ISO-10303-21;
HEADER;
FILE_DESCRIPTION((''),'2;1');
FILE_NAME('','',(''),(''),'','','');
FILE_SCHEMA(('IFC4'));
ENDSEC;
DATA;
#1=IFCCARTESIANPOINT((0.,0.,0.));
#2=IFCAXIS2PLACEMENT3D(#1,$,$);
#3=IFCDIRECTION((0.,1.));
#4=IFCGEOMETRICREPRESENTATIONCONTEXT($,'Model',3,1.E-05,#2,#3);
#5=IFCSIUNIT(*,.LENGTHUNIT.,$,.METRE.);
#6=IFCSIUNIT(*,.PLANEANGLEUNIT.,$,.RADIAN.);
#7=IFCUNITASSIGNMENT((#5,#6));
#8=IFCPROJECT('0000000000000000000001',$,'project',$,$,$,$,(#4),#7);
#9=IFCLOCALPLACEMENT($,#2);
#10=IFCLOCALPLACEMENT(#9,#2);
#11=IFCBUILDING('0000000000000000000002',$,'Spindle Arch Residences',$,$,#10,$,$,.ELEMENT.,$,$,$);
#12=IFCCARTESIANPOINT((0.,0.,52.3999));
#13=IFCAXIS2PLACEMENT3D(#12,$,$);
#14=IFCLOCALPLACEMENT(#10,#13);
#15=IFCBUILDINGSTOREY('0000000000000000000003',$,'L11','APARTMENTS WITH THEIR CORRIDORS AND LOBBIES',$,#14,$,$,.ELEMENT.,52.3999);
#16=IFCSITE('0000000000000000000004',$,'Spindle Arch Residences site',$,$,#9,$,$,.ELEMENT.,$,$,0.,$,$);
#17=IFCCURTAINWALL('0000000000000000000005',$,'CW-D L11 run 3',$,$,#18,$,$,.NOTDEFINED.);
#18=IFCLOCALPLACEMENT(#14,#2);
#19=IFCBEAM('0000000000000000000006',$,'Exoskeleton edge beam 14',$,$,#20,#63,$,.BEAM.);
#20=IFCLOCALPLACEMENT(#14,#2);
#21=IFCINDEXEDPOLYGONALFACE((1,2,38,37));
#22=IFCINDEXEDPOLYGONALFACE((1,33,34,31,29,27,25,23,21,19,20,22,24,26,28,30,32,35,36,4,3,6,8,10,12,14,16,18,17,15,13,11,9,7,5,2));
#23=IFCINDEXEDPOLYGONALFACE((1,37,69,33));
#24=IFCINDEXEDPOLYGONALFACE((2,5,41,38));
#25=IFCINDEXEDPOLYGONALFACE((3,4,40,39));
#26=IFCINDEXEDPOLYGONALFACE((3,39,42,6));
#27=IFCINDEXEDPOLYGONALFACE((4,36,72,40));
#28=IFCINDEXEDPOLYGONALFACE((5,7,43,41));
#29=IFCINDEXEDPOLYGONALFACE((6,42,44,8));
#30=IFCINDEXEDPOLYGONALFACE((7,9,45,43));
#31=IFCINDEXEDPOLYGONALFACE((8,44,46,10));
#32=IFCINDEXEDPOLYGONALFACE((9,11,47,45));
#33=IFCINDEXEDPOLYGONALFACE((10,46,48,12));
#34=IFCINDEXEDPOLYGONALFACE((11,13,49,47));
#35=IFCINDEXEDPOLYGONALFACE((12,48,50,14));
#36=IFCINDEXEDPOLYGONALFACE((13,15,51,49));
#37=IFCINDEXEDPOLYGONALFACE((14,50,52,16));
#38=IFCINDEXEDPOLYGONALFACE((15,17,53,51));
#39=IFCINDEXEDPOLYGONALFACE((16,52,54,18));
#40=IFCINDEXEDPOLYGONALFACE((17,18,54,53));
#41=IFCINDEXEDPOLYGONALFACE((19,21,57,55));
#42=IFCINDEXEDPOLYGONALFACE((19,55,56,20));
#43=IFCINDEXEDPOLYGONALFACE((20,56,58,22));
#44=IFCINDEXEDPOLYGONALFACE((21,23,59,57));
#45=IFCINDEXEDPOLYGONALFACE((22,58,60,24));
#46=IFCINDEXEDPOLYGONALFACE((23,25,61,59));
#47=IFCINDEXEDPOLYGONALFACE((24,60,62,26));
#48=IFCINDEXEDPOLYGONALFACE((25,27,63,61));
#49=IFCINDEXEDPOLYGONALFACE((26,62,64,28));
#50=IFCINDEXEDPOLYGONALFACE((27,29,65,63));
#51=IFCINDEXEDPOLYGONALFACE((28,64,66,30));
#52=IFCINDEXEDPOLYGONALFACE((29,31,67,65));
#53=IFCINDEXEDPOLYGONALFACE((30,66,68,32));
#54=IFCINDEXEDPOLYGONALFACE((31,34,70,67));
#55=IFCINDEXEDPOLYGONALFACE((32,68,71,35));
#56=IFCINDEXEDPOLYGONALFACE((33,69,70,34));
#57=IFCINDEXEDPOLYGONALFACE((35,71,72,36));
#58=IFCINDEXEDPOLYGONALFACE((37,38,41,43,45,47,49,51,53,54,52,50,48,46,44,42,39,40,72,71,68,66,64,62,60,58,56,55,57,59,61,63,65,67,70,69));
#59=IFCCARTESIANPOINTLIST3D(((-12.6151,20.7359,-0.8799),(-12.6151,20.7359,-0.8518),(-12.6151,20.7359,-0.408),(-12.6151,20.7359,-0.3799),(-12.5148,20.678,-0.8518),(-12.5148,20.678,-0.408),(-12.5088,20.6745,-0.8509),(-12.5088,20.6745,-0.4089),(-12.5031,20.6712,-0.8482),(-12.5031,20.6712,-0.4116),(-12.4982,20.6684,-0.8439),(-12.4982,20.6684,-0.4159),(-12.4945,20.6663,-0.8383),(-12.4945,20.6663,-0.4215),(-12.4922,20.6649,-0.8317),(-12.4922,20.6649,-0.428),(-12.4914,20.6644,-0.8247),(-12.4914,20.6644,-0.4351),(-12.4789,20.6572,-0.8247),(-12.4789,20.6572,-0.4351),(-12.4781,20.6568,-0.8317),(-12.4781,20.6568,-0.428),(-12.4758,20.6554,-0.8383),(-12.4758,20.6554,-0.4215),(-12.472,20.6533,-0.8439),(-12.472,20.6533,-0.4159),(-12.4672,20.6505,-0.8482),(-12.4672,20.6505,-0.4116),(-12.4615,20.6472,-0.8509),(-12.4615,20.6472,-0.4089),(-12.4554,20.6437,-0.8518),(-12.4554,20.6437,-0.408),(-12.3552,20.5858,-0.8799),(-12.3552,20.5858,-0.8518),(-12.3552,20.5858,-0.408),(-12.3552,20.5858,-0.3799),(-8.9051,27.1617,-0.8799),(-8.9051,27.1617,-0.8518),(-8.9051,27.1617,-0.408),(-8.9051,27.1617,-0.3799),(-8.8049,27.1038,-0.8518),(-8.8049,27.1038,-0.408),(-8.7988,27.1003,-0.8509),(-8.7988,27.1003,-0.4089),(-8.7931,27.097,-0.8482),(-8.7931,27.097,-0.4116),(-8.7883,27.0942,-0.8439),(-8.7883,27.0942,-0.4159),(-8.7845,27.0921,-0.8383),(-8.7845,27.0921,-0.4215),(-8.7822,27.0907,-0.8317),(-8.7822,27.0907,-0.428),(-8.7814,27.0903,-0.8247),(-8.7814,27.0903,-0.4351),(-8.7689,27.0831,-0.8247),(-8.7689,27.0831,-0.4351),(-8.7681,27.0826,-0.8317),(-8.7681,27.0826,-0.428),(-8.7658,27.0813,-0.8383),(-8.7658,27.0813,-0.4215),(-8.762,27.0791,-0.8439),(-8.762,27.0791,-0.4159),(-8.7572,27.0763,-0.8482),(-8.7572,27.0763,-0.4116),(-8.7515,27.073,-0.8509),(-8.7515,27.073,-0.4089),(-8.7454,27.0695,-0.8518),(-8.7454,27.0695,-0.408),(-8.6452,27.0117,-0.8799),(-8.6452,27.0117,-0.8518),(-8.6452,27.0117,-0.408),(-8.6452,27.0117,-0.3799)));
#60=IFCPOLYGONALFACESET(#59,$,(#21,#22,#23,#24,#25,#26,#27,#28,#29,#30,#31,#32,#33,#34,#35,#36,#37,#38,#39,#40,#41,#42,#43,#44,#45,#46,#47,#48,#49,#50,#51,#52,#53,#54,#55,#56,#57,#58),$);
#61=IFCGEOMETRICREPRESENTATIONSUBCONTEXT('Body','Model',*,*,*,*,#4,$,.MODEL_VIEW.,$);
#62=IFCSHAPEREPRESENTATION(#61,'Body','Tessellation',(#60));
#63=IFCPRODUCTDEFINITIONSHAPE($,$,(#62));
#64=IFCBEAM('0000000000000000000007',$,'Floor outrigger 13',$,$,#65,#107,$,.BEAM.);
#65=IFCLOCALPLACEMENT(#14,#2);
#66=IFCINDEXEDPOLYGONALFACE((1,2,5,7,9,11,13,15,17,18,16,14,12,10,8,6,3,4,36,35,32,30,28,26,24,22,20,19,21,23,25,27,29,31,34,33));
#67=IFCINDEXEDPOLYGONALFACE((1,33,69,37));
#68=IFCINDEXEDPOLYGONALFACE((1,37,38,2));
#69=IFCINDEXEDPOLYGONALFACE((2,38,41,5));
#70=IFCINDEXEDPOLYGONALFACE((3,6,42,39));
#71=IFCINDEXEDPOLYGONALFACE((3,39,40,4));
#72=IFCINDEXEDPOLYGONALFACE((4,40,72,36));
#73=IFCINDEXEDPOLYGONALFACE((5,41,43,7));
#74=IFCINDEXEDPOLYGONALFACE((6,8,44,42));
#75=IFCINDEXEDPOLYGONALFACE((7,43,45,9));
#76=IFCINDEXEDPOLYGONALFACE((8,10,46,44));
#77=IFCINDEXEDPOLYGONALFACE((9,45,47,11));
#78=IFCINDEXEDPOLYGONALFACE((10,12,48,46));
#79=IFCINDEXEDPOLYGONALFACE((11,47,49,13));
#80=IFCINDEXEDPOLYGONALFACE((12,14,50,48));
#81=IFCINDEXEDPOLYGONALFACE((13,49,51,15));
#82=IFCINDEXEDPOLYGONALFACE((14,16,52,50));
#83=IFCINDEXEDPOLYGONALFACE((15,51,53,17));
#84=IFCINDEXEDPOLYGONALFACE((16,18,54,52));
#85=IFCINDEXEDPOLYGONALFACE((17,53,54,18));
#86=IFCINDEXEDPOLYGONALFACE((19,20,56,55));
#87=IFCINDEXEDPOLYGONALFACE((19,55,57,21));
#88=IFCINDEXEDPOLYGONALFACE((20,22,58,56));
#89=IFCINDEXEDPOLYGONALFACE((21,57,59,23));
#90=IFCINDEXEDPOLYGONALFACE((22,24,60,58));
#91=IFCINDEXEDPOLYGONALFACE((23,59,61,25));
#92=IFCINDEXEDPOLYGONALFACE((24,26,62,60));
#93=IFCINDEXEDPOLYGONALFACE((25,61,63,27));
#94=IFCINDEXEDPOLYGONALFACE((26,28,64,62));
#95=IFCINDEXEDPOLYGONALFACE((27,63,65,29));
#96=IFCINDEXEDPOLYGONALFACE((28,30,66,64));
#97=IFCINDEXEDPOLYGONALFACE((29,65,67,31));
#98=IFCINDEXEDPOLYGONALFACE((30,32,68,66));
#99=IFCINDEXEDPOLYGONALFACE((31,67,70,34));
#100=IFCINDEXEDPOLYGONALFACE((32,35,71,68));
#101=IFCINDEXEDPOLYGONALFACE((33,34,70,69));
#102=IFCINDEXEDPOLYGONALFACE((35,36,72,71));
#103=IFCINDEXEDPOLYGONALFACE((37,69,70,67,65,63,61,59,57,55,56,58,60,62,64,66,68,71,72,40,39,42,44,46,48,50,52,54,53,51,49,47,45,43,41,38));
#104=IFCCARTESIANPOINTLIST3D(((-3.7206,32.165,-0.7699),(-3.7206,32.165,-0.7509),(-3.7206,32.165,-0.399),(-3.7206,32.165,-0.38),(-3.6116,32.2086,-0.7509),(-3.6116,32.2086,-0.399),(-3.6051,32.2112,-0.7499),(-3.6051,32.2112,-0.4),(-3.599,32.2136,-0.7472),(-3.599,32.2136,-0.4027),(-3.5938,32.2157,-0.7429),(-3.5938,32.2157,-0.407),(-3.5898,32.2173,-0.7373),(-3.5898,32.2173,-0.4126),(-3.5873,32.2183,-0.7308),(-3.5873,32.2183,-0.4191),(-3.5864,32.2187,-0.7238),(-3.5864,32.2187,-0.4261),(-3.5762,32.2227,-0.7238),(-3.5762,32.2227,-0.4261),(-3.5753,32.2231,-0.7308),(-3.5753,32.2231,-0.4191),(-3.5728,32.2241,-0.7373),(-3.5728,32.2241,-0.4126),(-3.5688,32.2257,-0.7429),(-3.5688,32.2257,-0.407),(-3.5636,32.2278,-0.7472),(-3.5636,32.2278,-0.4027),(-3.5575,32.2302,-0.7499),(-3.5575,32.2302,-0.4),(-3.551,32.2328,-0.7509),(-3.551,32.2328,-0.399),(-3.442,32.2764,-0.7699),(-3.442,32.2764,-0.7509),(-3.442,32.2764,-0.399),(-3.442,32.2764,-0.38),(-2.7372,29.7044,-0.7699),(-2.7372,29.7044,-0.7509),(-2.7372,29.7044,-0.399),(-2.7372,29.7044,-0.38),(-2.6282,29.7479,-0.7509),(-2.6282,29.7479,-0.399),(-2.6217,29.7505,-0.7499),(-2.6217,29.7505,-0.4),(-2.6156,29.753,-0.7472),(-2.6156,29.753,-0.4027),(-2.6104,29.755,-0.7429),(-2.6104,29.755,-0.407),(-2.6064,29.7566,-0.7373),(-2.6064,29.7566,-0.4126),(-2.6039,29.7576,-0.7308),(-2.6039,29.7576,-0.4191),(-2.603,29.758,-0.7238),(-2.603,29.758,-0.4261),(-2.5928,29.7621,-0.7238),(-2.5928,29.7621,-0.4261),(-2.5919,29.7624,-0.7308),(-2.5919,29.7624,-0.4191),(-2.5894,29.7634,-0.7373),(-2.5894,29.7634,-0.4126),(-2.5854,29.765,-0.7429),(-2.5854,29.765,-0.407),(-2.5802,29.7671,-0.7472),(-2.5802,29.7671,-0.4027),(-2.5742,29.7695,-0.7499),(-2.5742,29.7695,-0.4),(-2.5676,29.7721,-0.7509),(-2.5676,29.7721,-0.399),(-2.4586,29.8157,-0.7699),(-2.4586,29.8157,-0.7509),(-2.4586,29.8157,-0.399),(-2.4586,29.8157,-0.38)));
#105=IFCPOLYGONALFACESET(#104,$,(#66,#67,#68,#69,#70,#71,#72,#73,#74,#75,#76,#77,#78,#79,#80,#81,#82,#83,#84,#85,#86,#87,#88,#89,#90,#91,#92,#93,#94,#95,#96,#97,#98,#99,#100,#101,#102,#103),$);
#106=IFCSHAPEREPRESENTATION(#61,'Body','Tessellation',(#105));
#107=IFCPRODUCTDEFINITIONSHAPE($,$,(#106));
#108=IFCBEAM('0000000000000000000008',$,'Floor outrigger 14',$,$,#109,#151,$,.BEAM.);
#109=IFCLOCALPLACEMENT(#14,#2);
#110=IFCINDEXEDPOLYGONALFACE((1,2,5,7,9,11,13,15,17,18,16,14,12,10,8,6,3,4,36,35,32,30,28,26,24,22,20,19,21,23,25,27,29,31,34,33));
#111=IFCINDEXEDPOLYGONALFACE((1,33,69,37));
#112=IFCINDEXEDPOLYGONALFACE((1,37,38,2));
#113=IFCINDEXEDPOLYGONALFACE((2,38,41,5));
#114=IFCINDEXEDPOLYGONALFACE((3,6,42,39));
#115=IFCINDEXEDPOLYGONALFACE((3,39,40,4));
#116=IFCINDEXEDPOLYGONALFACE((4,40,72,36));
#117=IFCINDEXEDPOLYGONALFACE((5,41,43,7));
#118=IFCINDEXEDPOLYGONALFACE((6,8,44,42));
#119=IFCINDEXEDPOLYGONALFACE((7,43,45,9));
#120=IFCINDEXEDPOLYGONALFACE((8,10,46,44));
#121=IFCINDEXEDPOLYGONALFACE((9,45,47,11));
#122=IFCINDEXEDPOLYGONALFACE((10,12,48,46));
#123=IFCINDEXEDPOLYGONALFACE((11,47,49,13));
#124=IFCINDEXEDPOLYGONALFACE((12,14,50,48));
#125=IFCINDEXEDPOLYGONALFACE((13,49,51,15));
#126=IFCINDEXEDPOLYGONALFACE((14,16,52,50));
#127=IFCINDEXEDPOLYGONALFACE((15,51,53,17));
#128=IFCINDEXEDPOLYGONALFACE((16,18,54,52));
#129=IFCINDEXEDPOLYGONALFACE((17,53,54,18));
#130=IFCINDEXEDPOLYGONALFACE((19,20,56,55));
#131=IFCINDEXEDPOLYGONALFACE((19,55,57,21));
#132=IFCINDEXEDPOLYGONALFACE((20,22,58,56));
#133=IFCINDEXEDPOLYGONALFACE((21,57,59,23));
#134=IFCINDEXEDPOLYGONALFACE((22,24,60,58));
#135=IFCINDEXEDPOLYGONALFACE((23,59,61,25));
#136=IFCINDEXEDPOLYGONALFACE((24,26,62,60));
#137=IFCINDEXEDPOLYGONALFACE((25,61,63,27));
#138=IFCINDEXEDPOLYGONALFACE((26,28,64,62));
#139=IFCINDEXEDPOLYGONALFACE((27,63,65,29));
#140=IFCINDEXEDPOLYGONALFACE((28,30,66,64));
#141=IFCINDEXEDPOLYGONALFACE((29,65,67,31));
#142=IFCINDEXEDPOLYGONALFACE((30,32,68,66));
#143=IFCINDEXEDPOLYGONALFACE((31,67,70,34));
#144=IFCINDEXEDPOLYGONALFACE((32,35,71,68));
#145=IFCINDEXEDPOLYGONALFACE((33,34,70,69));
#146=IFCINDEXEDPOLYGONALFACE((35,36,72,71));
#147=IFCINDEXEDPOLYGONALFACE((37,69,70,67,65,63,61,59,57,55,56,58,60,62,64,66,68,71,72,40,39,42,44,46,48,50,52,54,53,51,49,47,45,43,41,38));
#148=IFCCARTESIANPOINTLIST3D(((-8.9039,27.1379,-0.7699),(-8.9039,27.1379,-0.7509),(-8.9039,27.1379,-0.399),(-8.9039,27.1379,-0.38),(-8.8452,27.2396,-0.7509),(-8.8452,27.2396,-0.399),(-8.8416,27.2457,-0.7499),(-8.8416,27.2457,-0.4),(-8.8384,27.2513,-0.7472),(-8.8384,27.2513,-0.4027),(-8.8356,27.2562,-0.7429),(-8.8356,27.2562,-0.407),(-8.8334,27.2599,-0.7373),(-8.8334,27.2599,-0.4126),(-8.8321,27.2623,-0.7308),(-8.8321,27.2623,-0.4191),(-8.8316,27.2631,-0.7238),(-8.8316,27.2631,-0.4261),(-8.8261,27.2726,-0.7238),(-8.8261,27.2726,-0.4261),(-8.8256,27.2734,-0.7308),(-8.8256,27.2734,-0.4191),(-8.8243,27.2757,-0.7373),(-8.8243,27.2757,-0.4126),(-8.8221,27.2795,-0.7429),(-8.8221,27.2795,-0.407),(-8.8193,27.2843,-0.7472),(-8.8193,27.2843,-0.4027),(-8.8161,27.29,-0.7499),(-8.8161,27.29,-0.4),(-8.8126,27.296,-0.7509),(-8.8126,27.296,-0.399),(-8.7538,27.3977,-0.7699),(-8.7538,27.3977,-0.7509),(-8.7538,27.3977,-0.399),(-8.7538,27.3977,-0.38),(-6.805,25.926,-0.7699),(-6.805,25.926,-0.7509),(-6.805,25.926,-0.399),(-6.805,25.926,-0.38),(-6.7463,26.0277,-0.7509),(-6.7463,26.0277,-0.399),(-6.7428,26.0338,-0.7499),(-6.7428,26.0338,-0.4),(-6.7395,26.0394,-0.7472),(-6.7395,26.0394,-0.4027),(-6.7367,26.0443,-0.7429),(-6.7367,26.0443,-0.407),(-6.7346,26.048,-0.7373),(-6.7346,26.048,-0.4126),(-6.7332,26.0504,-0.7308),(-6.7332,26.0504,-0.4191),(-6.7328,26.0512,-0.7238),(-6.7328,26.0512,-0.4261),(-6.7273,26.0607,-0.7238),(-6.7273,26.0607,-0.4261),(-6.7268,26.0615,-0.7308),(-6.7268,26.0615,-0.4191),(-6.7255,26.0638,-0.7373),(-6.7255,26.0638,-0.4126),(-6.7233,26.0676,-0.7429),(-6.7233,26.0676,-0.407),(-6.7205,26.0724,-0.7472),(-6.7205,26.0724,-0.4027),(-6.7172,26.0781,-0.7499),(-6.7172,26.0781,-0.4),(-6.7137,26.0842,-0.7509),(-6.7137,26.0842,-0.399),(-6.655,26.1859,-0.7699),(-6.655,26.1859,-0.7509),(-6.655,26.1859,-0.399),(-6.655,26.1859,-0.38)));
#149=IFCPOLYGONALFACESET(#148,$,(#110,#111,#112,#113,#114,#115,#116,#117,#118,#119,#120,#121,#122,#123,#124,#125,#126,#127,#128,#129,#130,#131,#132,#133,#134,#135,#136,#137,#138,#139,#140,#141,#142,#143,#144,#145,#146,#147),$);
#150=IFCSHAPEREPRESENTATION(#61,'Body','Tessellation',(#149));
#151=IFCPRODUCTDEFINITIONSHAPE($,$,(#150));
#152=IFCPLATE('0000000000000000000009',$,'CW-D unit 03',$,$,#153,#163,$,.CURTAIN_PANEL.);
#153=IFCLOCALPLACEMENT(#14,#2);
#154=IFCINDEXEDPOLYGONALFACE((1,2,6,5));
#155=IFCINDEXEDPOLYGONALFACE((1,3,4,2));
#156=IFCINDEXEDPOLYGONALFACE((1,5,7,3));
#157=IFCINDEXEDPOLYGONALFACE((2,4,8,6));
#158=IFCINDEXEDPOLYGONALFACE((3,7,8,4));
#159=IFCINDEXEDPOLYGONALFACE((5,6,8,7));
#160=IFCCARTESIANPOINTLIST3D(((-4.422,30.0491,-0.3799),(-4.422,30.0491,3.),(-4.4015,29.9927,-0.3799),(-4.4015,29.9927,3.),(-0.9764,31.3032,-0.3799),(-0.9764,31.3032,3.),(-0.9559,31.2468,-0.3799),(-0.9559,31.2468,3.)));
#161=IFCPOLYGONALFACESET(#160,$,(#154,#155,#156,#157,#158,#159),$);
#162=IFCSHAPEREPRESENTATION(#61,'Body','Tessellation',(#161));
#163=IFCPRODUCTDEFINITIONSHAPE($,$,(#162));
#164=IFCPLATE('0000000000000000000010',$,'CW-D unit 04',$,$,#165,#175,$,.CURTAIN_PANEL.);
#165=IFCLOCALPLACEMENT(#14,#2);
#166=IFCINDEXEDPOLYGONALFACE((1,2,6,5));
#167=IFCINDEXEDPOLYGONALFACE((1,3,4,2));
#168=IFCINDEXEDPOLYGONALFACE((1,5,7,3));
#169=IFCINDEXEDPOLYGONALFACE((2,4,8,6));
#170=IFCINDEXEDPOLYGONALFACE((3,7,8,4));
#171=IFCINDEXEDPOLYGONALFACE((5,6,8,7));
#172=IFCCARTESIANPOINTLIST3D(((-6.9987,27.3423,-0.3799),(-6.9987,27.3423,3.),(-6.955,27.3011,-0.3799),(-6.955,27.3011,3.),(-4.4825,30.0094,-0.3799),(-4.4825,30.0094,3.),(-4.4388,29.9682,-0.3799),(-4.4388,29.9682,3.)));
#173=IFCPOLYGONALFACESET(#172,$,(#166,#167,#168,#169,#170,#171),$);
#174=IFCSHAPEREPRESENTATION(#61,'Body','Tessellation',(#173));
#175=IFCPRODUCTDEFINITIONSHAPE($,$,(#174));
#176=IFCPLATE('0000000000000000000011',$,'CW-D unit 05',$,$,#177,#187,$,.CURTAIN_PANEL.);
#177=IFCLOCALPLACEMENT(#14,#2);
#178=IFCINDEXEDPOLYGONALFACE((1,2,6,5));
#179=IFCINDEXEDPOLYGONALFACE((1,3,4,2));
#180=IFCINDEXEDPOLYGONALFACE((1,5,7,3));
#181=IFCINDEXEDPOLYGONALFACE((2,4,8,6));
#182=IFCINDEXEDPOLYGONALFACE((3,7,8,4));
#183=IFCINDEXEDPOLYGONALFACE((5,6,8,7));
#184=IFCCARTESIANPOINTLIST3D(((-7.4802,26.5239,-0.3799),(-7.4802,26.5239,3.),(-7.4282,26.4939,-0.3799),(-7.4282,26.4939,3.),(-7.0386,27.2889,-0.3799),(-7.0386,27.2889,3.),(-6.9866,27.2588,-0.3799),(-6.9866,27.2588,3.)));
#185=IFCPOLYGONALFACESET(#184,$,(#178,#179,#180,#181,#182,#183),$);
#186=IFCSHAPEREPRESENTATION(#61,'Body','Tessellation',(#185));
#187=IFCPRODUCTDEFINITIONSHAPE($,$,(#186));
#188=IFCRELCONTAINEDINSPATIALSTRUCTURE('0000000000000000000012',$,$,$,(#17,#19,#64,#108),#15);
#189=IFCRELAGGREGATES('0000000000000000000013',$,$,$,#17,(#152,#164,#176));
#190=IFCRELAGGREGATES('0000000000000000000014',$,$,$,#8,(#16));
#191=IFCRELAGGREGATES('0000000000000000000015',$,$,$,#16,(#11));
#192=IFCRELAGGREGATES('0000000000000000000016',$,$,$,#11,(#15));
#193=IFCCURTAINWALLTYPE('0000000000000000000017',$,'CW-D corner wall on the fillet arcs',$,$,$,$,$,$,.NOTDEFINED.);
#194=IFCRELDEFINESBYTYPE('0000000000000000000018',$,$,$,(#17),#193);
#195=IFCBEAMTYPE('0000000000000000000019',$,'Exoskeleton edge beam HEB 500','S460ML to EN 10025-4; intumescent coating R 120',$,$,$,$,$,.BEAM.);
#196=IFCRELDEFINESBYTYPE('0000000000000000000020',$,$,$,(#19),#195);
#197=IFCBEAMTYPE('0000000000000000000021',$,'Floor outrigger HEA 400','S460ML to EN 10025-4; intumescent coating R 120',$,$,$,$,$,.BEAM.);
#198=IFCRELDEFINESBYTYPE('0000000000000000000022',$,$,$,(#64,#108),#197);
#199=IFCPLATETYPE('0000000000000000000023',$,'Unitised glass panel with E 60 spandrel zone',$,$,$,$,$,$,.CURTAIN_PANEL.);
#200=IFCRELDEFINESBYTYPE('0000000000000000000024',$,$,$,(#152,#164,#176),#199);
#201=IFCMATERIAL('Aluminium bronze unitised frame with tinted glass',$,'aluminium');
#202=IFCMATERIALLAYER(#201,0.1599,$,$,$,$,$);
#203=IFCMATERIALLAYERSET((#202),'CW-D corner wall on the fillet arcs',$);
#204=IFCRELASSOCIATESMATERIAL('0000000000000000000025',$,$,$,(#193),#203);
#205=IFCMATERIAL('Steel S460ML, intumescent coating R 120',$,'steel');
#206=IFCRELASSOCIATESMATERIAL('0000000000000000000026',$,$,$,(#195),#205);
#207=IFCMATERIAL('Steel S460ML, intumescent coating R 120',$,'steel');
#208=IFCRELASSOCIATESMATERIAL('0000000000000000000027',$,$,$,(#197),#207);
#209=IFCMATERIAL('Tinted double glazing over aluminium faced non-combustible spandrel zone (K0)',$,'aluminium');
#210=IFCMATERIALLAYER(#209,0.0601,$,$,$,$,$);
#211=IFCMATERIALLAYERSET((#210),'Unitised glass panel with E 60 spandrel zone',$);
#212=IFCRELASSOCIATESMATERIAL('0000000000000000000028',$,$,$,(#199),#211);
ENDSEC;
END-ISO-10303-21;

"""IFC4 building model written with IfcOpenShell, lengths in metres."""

from ifc_helpers import new_model, si_unit, direction, frame, origin, origin_2d, place, context, subcontext, project, spatial, rectangle, i_section, extrude, material, layer, layer_set, material_profile, profile_set, type_object, element, aggregate, save


model = new_model("IFC4")

# Units and contexts
model_context = context("Model", 3, precision=1e-05, world=origin(), true_north=direction((0.0, 1.0)))
body_context = subcontext(model_context, "Body", "Model", "MODEL_VIEW")
ifc_project = project(units=[si_unit("LENGTHUNIT", "METRE"), si_unit("PLANEANGLEUNIT", "RADIAN")], contexts=[model_context])

# Site, building, storey
site_placement = place(None, origin())
site = spatial("IfcSite", under=ifc_project, at=site_placement, Name="Spindle Arch Residences site", CompositionType="ELEMENT", RefElevation=0.0)
building_placement = place(site_placement, origin())
building = spatial("IfcBuilding", under=site, at=building_placement, Name="Spindle Arch Residences", CompositionType="ELEMENT")
storey_placement = place(building_placement, frame((0.0, 0.0, 52.3999)))
storey = spatial("IfcBuildingStorey", under=building, at=storey_placement, Name="L11", Description="APARTMENTS WITH THEIR CORRIDORS AND LOBBIES", CompositionType="ELEMENT", Elevation=52.3999)

# Curtain wall
ifc_material_1 = material(Name="Aluminium bronze unitised frame with tinted glass", Category="aluminium")
ifc_layer_1 = layer(ifc_material_1, 0.1599)
ifc_layer_set_1 = layer_set([ifc_layer_1], Name="CW-D corner wall on the fillet arcs")
curtain_wall_type_1 = type_object("IfcCurtainWallType", Name="CW-D corner wall on the fillet arcs", PredefinedType="NOTDEFINED", material=ifc_layer_set_1)
curtain_wall_1_placement = place(storey_placement, origin())
curtain_wall_1 = element("IfcCurtainWall", 1, at=curtain_wall_1_placement, inside=storey, type_object=curtain_wall_type_1, Name="CW-D L11 run 3", PredefinedType="NOTDEFINED")

# Beams
ifc_material_2 = material(Name="Steel S460ML, intumescent coating R 120", Category="steel")
ifc_material_profile_1 = material_profile(ifc_material_2, i_section(OverallWidth=0.3, OverallDepth=0.5, WebThickness=0.0144, FlangeThickness=0.0281, FilletRadius=0.0271, at=origin_2d()), Name="HEB 500")
ifc_profile_set_1 = profile_set([ifc_material_profile_1], Name="Steel S460ML, intumescent coating R 120")
beam_type_1 = type_object("IfcBeamType", Name="Exoskeleton edge beam HEB 500", Description="S460ML to EN 10025-4; intumescent coating R 120", PredefinedType="BEAM", material=ifc_profile_set_1)
beam_1_placement = place(storey_placement, frame((-8.7751, 27.0867, -0.6299), z_axis=(-0.500003, -0.866023, 0.0), x_axis=(0.866023, -0.500003, 0.0)))
element("IfcBeam", 2, at=beam_1_placement, inside=storey, type_object=beam_type_1, Name="Exoskeleton edge beam 14", PredefinedType="BEAM", context=body_context, shape_type="SweptSolid", body=[
    extrude(i_section(OverallWidth=0.3, OverallDepth=0.5, WebThickness=0.0144, FlangeThickness=0.0281, FilletRadius=0.0271, at=origin_2d()), origin(), (0.0, 0.0, 1.0), 7.4199),
])
ifc_material_3 = material(Name="Steel S460ML, intumescent coating R 120", Category="steel")
ifc_material_profile_2 = material_profile(ifc_material_3, i_section(OverallWidth=0.3, OverallDepth=0.3899, WebThickness=0.011, FlangeThickness=0.019, FilletRadius=0.0271, at=origin_2d()), Name="HEA 400")
ifc_profile_set_2 = profile_set([ifc_material_profile_2], Name="Steel S460ML, intumescent coating R 120")
beam_type_2 = type_object("IfcBeamType", Name="Floor outrigger HEA 400", Description="S460ML to EN 10025-4; intumescent coating R 120", PredefinedType="BEAM", material=ifc_profile_set_2)
beam_2_placement = place(storey_placement, frame((-3.5813, 32.2207, -0.575), z_axis=(0.371105, -0.928591, 0.0), x_axis=(0.928591, 0.371105, 0.0)))
element("IfcBeam", 3, at=beam_2_placement, inside=storey, type_object=beam_type_2, Name="Floor outrigger 13", PredefinedType="BEAM", context=body_context, shape_type="SweptSolid", body=[
    extrude(i_section(OverallWidth=0.3, OverallDepth=0.3899, WebThickness=0.011, FlangeThickness=0.019, FilletRadius=0.0271, at=origin_2d()), origin(), (0.0, 0.0, 1.0), 2.6499),
])
beam_3_placement = place(storey_placement, frame((-8.8289, 27.2678, -0.575), z_axis=(0.866003, -0.500039, 0.0), x_axis=(0.500039, 0.866003, 0.0)))
element("IfcBeam", 4, at=beam_3_placement, inside=storey, type_object=beam_type_2, Name="Floor outrigger 14", PredefinedType="BEAM", context=body_context, shape_type="SweptSolid", body=[
    extrude(i_section(OverallWidth=0.3, OverallDepth=0.3899, WebThickness=0.011, FlangeThickness=0.019, FilletRadius=0.0271, at=origin_2d()), origin(), (0.0, 0.0, 1.0), 2.4236),
])

# Plates
ifc_material_4 = material(Name="Tinted double glazing over aluminium faced non-combustible spandrel zone (K0)", Category="aluminium")
ifc_layer_2 = layer(ifc_material_4, 0.0601)
ifc_layer_set_2 = layer_set([ifc_layer_2], Name="Unitised glass panel with E 60 spandrel zone")
plate_type = type_object("IfcPlateType", Name="Unitised glass panel with E 60 spandrel zone", PredefinedType="CURTAIN_PANEL", material=ifc_layer_set_2)
plate_1_placement = place(storey_placement, frame((-2.689, 30.6479, -0.3799), z_axis=(0.0, 0.0, 1.0), x_axis=(-0.939693, -0.34202, 0.0)))
plate_1 = element("IfcPlate", 5, at=plate_1_placement, type_object=plate_type, Name="CW-D unit 03", PredefinedType="CURTAIN_PANEL", context=body_context, shape_type="SweptSolid", body=[
    extrude(rectangle(XDim=3.6667, YDim=0.0601, at=origin_2d()), origin(), (0.0, 0.0, 1.0), 3.3799),
])
plate_2_placement = place(storey_placement, frame((-5.7188, 28.6553, -0.3799), z_axis=(0.0, 0.0, 1.0), x_axis=(-0.686242, -0.727374, 0.0)))
plate_2 = element("IfcPlate", 6, at=plate_2_placement, type_object=plate_type, Name="CW-D unit 04", PredefinedType="CURTAIN_PANEL", context=body_context, shape_type="SweptSolid", body=[
    extrude(rectangle(XDim=3.6667, YDim=0.0601, at=origin_2d()), origin(), (0.0, 0.0, 1.0), 3.3799),
])
plate_3_placement = place(storey_placement, frame((-7.2334, 26.8914, -0.3799), z_axis=(0.0, 0.0, 1.0), x_axis=(-0.5, -0.866025, 0.0)))
plate_3 = element("IfcPlate", 7, at=plate_3_placement, type_object=plate_type, Name="CW-D unit 05", PredefinedType="CURTAIN_PANEL", context=body_context, shape_type="SweptSolid", body=[
    extrude(rectangle(XDim=0.8833, YDim=0.0601, at=origin_2d()), origin(), (0.0, 0.0, 1.0), 3.3799),
])
aggregate(curtain_wall_1, [plate_1, plate_2, plate_3])

save(model, "model.ifc")
